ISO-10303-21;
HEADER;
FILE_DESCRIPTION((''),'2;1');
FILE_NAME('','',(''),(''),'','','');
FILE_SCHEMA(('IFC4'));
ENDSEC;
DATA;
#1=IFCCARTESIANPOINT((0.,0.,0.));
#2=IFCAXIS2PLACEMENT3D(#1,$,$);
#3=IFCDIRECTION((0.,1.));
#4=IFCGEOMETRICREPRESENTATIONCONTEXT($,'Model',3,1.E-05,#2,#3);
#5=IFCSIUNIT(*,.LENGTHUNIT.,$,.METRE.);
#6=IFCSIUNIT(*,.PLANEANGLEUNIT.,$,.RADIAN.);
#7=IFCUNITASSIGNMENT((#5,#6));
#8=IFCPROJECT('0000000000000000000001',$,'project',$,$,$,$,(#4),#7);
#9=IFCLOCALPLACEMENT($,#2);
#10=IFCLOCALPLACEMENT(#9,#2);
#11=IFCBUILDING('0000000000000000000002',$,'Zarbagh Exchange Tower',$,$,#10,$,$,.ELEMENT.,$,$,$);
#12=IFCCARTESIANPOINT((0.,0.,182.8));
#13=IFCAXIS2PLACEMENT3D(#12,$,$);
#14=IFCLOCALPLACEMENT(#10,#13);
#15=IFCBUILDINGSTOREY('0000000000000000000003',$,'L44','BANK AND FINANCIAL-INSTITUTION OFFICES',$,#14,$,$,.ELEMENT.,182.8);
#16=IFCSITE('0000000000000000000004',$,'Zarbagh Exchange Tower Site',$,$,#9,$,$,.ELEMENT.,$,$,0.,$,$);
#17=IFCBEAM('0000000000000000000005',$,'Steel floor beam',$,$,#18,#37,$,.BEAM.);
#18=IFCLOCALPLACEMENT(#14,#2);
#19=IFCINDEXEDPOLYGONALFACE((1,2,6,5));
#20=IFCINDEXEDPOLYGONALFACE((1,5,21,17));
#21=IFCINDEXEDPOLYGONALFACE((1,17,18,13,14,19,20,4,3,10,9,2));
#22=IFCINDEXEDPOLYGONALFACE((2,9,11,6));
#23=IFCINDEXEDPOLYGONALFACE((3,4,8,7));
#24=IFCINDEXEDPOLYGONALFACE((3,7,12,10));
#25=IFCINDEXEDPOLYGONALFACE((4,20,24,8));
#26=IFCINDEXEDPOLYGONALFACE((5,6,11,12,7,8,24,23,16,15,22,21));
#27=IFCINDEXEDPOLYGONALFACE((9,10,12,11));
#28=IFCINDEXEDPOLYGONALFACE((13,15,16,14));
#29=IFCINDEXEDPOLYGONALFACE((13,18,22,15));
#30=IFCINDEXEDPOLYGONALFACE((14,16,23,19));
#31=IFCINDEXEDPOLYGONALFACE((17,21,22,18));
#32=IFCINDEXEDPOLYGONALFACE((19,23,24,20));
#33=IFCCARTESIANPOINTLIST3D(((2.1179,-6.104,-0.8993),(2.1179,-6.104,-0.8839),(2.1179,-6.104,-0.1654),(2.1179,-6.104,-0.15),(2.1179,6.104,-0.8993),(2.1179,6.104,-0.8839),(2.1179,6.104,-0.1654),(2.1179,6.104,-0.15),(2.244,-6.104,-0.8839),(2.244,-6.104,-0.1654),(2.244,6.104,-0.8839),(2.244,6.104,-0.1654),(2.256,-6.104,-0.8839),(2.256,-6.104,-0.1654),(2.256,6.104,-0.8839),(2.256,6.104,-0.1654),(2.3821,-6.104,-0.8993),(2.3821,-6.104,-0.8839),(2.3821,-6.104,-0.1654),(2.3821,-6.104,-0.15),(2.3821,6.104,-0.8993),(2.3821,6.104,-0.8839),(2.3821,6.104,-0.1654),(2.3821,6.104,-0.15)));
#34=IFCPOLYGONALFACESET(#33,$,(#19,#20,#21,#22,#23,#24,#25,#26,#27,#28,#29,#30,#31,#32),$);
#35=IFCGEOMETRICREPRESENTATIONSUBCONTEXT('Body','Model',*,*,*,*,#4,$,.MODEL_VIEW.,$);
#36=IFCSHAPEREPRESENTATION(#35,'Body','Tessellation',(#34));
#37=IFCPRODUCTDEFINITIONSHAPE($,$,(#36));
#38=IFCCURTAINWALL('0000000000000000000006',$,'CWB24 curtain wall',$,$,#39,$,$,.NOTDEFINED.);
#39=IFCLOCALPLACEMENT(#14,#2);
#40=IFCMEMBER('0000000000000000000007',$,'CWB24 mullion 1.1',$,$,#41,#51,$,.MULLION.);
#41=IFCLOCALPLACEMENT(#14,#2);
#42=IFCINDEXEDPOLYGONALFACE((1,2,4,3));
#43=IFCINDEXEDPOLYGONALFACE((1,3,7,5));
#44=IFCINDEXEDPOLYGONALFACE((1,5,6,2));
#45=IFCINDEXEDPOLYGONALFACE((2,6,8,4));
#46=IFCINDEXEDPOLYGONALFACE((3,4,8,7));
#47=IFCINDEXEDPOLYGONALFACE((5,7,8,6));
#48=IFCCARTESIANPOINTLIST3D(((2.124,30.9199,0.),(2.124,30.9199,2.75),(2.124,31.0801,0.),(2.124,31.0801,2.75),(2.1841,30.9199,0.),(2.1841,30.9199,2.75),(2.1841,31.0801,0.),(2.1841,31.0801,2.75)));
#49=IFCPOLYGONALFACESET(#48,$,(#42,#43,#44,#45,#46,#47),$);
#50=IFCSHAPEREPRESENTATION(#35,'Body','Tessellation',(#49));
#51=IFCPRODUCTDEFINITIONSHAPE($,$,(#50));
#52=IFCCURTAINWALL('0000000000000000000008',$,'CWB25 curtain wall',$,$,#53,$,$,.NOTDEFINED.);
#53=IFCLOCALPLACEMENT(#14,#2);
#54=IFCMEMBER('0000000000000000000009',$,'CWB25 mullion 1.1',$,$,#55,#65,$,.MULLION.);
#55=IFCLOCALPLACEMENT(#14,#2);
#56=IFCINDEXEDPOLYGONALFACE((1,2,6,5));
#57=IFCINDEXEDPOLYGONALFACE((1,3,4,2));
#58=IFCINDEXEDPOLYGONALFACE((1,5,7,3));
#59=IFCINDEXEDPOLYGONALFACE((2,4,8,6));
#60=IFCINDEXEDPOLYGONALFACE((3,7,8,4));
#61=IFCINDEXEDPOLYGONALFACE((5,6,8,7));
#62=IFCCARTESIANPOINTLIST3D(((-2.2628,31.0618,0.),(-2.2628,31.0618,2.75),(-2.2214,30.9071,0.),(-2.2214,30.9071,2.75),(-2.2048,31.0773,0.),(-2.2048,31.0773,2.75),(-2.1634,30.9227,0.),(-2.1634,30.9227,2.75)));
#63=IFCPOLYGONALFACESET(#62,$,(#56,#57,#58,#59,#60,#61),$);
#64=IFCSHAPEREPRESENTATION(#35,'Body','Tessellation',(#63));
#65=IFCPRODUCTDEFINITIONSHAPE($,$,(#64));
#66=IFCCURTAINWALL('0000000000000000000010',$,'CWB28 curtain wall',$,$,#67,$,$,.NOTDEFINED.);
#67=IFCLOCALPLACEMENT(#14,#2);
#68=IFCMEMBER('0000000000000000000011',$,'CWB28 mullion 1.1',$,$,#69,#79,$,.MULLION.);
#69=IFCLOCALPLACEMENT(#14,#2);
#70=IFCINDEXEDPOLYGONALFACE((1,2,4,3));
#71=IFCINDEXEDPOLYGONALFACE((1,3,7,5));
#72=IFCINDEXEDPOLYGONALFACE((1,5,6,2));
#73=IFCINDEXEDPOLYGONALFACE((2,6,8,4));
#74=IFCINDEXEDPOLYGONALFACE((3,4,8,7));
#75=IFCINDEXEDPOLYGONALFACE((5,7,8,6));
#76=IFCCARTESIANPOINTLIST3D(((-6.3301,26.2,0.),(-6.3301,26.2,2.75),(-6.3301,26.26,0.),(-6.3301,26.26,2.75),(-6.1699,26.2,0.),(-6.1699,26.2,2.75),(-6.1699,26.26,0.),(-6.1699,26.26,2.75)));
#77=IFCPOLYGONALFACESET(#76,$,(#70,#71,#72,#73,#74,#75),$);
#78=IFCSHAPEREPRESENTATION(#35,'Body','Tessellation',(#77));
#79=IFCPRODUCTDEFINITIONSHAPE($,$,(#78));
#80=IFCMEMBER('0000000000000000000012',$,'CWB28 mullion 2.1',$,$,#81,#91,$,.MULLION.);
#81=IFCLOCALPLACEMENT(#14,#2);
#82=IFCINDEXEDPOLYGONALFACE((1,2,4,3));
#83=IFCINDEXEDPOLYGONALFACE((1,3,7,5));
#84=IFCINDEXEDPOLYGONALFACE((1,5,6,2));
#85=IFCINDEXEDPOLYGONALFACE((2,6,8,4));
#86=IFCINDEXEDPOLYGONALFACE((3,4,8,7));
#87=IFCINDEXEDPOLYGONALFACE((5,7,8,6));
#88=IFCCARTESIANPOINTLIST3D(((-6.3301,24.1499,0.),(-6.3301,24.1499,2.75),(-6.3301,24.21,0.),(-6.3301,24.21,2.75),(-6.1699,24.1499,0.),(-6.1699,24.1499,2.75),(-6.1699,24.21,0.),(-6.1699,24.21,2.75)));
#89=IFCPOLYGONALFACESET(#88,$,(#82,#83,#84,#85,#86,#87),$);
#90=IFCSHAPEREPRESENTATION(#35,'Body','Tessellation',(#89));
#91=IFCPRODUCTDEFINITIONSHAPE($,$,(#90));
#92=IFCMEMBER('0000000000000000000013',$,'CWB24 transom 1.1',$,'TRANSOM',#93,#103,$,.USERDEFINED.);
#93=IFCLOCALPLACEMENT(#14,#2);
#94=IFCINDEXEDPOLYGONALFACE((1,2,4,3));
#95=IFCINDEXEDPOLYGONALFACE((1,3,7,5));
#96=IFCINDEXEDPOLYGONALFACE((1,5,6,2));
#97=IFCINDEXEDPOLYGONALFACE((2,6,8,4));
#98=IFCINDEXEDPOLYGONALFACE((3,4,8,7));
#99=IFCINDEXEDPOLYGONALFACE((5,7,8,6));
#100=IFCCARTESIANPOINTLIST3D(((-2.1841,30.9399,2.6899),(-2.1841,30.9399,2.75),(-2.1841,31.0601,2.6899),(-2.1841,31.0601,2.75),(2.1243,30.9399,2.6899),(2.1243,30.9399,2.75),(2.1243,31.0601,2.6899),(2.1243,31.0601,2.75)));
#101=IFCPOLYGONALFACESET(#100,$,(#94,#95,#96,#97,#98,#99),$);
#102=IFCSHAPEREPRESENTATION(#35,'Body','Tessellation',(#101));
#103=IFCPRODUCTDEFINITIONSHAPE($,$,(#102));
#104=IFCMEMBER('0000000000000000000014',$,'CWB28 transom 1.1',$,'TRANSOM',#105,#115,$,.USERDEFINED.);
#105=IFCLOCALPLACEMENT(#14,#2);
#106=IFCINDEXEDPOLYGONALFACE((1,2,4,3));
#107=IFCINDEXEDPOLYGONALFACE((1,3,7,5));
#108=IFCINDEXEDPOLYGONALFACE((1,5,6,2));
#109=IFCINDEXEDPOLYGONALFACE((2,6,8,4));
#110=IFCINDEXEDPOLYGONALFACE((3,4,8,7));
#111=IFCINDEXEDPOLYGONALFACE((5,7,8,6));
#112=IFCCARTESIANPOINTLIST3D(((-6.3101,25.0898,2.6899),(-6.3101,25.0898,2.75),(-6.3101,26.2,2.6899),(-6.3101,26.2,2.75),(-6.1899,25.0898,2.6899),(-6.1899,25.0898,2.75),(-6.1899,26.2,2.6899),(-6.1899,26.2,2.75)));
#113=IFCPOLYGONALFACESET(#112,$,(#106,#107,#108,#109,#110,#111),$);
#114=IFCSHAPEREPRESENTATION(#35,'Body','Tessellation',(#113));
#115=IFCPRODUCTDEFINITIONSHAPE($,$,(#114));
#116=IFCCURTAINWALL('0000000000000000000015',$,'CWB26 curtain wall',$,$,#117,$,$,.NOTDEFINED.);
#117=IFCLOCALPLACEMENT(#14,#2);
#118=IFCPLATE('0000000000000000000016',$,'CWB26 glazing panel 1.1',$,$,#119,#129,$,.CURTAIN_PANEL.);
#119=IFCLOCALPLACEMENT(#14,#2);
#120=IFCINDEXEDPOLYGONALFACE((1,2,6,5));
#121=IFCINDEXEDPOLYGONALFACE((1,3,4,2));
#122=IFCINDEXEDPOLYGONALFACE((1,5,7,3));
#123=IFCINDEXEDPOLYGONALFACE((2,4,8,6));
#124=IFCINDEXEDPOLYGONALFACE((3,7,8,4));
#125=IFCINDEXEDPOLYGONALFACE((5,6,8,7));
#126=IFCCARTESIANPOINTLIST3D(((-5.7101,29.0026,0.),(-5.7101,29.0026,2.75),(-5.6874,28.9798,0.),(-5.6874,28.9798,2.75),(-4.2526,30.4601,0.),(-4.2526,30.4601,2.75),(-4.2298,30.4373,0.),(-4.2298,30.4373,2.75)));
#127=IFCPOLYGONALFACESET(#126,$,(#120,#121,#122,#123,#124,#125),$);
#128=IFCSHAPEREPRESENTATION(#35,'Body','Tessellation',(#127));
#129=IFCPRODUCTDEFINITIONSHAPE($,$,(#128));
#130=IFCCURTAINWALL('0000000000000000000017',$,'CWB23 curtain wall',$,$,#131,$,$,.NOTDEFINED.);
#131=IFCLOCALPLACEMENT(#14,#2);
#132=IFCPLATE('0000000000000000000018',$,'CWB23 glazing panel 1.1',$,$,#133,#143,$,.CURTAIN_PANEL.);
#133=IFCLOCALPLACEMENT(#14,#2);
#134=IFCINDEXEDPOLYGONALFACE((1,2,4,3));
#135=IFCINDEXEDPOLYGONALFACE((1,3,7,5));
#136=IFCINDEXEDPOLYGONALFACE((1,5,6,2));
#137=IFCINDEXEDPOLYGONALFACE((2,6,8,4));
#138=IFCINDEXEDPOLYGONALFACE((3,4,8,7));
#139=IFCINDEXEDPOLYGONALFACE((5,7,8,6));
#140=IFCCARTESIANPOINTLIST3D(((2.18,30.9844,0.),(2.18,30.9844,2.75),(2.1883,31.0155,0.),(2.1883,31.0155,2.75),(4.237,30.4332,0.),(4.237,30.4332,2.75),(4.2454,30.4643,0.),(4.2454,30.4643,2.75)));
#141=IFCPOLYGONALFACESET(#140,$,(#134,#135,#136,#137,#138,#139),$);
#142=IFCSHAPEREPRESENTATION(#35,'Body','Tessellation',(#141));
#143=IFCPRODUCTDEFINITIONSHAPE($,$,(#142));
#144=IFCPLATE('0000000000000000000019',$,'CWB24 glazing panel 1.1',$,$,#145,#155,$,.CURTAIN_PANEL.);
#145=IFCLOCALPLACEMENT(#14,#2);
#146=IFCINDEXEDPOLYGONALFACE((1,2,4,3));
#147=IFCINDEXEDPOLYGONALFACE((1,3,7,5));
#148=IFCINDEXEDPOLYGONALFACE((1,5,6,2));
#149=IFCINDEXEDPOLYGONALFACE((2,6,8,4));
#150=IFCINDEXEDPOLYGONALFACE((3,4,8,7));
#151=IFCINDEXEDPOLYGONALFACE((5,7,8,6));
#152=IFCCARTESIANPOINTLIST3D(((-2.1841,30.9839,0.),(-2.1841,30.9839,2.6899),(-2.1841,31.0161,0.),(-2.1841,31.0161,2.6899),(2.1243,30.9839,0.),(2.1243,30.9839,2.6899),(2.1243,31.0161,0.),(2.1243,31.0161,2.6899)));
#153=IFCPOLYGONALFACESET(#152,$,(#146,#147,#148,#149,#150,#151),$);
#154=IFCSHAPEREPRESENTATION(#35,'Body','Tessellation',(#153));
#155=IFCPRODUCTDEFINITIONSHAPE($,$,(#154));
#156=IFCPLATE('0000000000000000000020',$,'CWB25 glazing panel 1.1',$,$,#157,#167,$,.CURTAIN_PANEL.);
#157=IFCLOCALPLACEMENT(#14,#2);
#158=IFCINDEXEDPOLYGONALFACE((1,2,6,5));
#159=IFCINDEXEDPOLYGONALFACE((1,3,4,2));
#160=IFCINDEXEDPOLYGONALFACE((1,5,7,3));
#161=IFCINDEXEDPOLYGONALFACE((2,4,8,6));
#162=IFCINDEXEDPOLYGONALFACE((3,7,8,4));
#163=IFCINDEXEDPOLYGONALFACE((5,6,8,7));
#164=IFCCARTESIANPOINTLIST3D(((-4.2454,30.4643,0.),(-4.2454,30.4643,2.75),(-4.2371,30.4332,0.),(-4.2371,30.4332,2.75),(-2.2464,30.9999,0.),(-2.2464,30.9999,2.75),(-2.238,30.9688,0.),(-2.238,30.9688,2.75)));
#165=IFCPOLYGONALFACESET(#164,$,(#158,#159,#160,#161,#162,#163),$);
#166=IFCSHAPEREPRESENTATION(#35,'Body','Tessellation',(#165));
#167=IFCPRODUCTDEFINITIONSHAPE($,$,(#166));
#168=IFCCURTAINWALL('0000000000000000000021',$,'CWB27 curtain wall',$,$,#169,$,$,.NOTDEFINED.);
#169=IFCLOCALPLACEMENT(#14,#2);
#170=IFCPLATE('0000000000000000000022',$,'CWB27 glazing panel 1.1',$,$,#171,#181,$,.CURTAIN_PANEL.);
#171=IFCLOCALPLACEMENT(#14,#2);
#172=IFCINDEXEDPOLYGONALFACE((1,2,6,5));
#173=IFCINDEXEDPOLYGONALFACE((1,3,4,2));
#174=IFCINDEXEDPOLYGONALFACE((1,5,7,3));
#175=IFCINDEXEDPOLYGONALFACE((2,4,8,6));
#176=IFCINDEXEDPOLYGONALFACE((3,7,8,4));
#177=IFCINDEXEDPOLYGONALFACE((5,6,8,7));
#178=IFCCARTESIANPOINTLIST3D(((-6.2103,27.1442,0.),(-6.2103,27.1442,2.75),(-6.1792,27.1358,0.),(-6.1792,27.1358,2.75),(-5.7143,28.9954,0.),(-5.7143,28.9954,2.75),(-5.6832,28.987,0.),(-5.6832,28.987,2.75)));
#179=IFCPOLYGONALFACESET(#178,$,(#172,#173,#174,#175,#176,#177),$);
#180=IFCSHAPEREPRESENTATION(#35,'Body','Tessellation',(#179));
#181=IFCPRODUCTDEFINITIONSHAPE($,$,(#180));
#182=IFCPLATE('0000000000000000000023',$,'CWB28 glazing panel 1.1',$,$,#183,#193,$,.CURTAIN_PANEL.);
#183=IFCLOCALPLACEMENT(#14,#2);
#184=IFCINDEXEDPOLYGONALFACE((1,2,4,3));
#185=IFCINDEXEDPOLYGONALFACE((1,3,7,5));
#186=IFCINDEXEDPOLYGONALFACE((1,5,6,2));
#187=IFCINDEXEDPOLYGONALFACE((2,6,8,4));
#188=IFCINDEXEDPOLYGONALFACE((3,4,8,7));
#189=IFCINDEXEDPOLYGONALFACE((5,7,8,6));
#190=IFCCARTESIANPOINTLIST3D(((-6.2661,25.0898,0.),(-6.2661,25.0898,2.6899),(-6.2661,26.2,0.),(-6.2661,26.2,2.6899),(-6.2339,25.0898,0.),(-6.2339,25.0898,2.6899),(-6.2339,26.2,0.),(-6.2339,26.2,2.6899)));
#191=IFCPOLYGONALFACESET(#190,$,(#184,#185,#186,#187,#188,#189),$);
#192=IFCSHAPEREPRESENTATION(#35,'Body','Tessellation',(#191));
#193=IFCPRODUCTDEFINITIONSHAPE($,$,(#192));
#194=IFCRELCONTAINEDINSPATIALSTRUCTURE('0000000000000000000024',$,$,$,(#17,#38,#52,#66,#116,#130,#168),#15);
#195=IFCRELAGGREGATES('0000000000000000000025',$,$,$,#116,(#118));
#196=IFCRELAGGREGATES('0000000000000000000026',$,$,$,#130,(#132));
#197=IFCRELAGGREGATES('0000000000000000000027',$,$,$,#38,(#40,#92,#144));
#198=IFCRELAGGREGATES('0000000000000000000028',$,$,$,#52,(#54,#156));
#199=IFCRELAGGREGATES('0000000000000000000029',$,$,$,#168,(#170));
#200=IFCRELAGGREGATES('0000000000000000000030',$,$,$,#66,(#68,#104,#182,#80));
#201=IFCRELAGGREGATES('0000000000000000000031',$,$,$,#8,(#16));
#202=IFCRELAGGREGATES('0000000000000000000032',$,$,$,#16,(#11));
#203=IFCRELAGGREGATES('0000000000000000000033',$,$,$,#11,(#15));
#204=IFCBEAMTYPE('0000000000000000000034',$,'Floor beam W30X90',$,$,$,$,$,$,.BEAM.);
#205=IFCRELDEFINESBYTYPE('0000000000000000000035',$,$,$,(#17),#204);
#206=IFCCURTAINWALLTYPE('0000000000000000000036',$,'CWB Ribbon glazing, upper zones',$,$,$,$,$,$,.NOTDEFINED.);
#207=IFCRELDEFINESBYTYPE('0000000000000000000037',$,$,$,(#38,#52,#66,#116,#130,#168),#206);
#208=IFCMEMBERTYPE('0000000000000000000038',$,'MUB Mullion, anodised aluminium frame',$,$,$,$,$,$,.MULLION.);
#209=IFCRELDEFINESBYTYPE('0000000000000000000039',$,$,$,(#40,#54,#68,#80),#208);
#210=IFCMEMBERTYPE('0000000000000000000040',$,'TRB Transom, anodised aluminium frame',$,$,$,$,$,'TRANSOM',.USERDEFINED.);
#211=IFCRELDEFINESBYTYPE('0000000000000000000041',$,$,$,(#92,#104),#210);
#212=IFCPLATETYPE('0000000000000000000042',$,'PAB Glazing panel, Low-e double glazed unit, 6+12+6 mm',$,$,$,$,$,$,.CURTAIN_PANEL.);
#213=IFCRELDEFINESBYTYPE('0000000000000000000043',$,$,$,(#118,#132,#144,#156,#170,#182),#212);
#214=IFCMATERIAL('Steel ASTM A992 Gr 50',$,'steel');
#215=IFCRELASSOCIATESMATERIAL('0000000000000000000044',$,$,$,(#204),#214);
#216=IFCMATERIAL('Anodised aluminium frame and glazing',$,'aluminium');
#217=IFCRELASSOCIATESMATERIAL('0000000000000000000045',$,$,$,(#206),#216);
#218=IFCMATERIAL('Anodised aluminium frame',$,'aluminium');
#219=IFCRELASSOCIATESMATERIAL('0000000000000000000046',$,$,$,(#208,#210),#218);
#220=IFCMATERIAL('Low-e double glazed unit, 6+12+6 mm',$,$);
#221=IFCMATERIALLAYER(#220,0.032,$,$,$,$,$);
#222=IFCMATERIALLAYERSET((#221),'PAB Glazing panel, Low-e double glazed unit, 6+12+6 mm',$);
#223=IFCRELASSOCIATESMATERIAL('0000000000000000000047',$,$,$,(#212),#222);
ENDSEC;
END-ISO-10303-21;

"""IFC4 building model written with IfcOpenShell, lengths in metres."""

from ifc_helpers import new_model, si_unit, direction, frame, origin, origin_2d, place, context, subcontext, project, spatial, polyline, i_section, outline, extrude, source, transform, mapped, material, layer, layer_set, material_profile, profile_set, type_object, element, aggregate, save


model = new_model("IFC4")

# Units and contexts
model_context = context("Model", 3, precision=1e-05, world=origin(), true_north=direction((0.0, 1.0)))
body_context = subcontext(model_context, "Body", "Model", "MODEL_VIEW")
ifc_project = project(units=[si_unit("LENGTHUNIT", "METRE"), si_unit("PLANEANGLEUNIT", "RADIAN")], contexts=[model_context])

# Site, building, storey
site_placement = place(None, origin())
site = spatial("IfcSite", under=ifc_project, at=site_placement, Name="Zarbagh Exchange Tower Site", CompositionType="ELEMENT", RefElevation=0.0)
building_placement = place(site_placement, origin())
building = spatial("IfcBuilding", under=site, at=building_placement, Name="Zarbagh Exchange Tower", CompositionType="ELEMENT")
storey_placement = place(building_placement, frame((0.0, 0.0, 182.8)))
storey = spatial("IfcBuildingStorey", under=building, at=storey_placement, Name="L44", Description="BANK AND FINANCIAL-INSTITUTION OFFICES", CompositionType="ELEMENT", Elevation=182.8)

# Beam
ifc_material_1 = material(Name="Steel ASTM A992 Gr 50", Category="steel")
ifc_material_profile = material_profile(ifc_material_1, i_section(OverallWidth=0.2642, OverallDepth=0.7493, WebThickness=0.012, FlangeThickness=0.0154, at=origin_2d()), Name="W30X90")
ifc_profile_set = profile_set([ifc_material_profile], Name="Steel ASTM A992 Gr 50")
beam_type = type_object("IfcBeamType", Name="Floor beam W30X90", PredefinedType="BEAM", material=ifc_profile_set)
beam_placement = place(storey_placement, frame((2.25, -6.104, -0.5247), z_axis=(0.0, 1.0, 0.0), x_axis=(-1.0, 0.0, 0.0)))
element("IfcBeam", 1, at=beam_placement, inside=storey, type_object=beam_type, Name="Steel floor beam", PredefinedType="BEAM", context=body_context, shape_type="SweptSolid", body=[
    extrude(i_section(OverallWidth=0.2642, OverallDepth=0.7493, WebThickness=0.012, FlangeThickness=0.0154, at=origin_2d()), origin(), (0.0, 0.0, 1.0), 12.208),
])

# Curtain walls, members
ifc_material_2 = material(Name="Anodised aluminium frame and glazing", Category="aluminium")
curtain_wall_type = type_object("IfcCurtainWallType", Name="CWB Ribbon glazing, upper zones", PredefinedType="NOTDEFINED", material=ifc_material_2)
curtain_wall_1_placement = place(storey_placement, origin())
curtain_wall_1 = element("IfcCurtainWall", 2, at=curtain_wall_1_placement, inside=storey, type_object=curtain_wall_type, Name="CWB24 curtain wall", PredefinedType="NOTDEFINED")
ifc_material_3 = material(Name="Anodised aluminium frame", Category="aluminium")
member_type_1 = type_object("IfcMemberType", Name="MUB Mullion, anodised aluminium frame", PredefinedType="MULLION", material=ifc_material_3)
shared_shape_1 = source(origin(), body_context, "Body", "SweptSolid", [
    extrude(outline(polyline([(0.0, -0.0801), (0.0601, -0.0801), (0.0601, 0.0801), (0.0, 0.0801), (0.0, -0.0801)])), origin(), (0.0, 0.0, 1.0), 2.75),
])
placement = place(storey_placement, origin())
member_1 = element("IfcMember", 3, at=placement, type_object=member_type_1, Name="CWB24 mullion 1.1", PredefinedType="MULLION", context=body_context, shape_type="MappedRepresentation", body=[
    mapped(shared_shape_1, transform((2.1841, 31.0, 0.0), x_axis=(-1.0, 0.0, 0.0), y_axis=(0.0, -1.0, 0.0), z_axis=(0.0, 0.0, 1.0))),
])
curtain_wall_2_placement = place(storey_placement, origin())
curtain_wall_2 = element("IfcCurtainWall", 4, at=curtain_wall_2_placement, inside=storey, type_object=curtain_wall_type, Name="CWB25 curtain wall", PredefinedType="NOTDEFINED")
member_2 = element("IfcMember", 5, at=placement, type_object=member_type_1, Name="CWB25 mullion 1.1", PredefinedType="MULLION", context=body_context, shape_type="MappedRepresentation", body=[
    mapped(shared_shape_1, transform((-2.1841, 31.0, 0.0), x_axis=(-0.965924, -0.258825, 0.0), y_axis=(0.258825, -0.965924, 0.0), z_axis=(0.0, 0.0, 1.0))),
])

# Curtain wall, members
curtain_wall_3_placement = place(storey_placement, origin())
curtain_wall_3 = element("IfcCurtainWall", 6, at=curtain_wall_3_placement, inside=storey, type_object=curtain_wall_type, Name="CWB28 curtain wall", PredefinedType="NOTDEFINED")
member_3 = element("IfcMember", 7, at=placement, type_object=member_type_1, Name="CWB28 mullion 1.1", PredefinedType="MULLION", context=body_context, shape_type="MappedRepresentation", body=[
    mapped(shared_shape_1, transform((-6.25, 26.26, 0.0), x_axis=(0.0, -1.0, 0.0), y_axis=(1.0, 0.0, 0.0), z_axis=(0.0, 0.0, 1.0))),
])
member_4 = element("IfcMember", 8, at=placement, type_object=member_type_1, Name="CWB28 mullion 2.1", PredefinedType="MULLION", context=body_context, shape_type="MappedRepresentation", body=[
    mapped(shared_shape_1, transform((-6.25, 24.21, 0.0), x_axis=(0.0, -1.0, 0.0), y_axis=(1.0, 0.0, 0.0), z_axis=(0.0, 0.0, 1.0))),
])

# Members
member_type_2 = type_object("IfcMemberType", Name="TRB Transom, anodised aluminium frame", ElementType="TRANSOM", PredefinedType="USERDEFINED", material=ifc_material_3)
shared_shape_2 = source(origin(), body_context, "Body", "SweptSolid", [
    extrude(outline(polyline([(-0.0601, -0.0601), (0.0, -0.0601), (0.0, 0.0601), (-0.0601, 0.0601), (-0.0601, -0.0601)])), origin(), (0.0, 0.0, 1.0), 4.3083),
])
member_5 = element("IfcMember", 9, at=placement, type_object=member_type_2, Name="CWB24 transom 1.1", ObjectType="TRANSOM", PredefinedType="USERDEFINED", context=body_context, shape_type="MappedRepresentation", body=[
    mapped(shared_shape_2, transform((2.1243, 31.0, 2.75), x_axis=(0.0, 0.0, 1.0), y_axis=(0.0, 1.0, 0.0), z_axis=(-1.0, 0.0, 0.0))),
])
shared_shape_3 = source(origin(), body_context, "Body", "SweptSolid", [
    extrude(outline(polyline([(-0.0601, -0.0601), (0.0, -0.0601), (0.0, 0.0601), (-0.0601, 0.0601), (-0.0601, -0.0601)])), origin(), (0.0, 0.0, 1.0), 1.1101),
])
member_6 = element("IfcMember", 10, at=placement, type_object=member_type_2, Name="CWB28 transom 1.1", ObjectType="TRANSOM", PredefinedType="USERDEFINED", context=body_context, shape_type="MappedRepresentation", body=[
    mapped(shared_shape_3, transform((-6.25, 26.2, 2.75), x_axis=(0.0, 0.0, 1.0), y_axis=(-1.0, 0.0, 0.0), z_axis=(0.0, -1.0, 0.0))),
])

# Curtain walls, plates
curtain_wall_4_placement = place(storey_placement, origin())
curtain_wall_4 = element("IfcCurtainWall", 11, at=curtain_wall_4_placement, inside=storey, type_object=curtain_wall_type, Name="CWB26 curtain wall", PredefinedType="NOTDEFINED")
ifc_material_4 = material(Name="Low-e double glazed unit, 6+12+6 mm")
ifc_layer_1 = layer(ifc_material_4, 0.032)
ifc_layer_set_1 = layer_set([ifc_layer_1], Name="PAB Glazing panel, Low-e double glazed unit, 6+12+6 mm")
plate_type = type_object("IfcPlateType", Name="PAB Glazing panel, Low-e double glazed unit, 6+12+6 mm", PredefinedType="CURTAIN_PANEL", material=ifc_layer_set_1)
shared_shape_4 = source(origin(), body_context, "Body", "SweptSolid", [
    extrude(outline(polyline([(0.0, -0.0161), (2.0613, -0.0161), (2.0613, 0.0161), (0.0, 0.0161), (0.0, -0.0161)])), origin(), (0.0, 0.0, 1.0), 2.75),
])
plate_1 = element("IfcPlate", 12, at=placement, type_object=plate_type, Name="CWB26 glazing panel 1.1", PredefinedType="CURTAIN_PANEL", context=body_context, shape_type="MappedRepresentation", body=[
    mapped(shared_shape_4, transform((-4.2412, 30.4487, 0.0), x_axis=(-0.707107, -0.707107, 0.0), y_axis=(0.707107, -0.707107, 0.0), z_axis=(0.0, 0.0, 1.0))),
])
aggregate(curtain_wall_4, [plate_1])
curtain_wall_5_placement = place(storey_placement, origin())
curtain_wall_5 = element("IfcCurtainWall", 13, at=curtain_wall_5_placement, inside=storey, type_object=curtain_wall_type, Name="CWB23 curtain wall", PredefinedType="NOTDEFINED")
shared_shape_5 = source(origin(), body_context, "Body", "SweptSolid", [
    extrude(outline(polyline([(0.0, -0.0161), (2.1296, -0.0161), (2.1296, 0.0161), (0.0, 0.0161), (0.0, -0.0161)])), origin(), (0.0, 0.0, 1.0), 2.75),
])
plate_2 = element("IfcPlate", 14, at=placement, type_object=plate_type, Name="CWB23 glazing panel 1.1", PredefinedType="CURTAIN_PANEL", context=body_context, shape_type="MappedRepresentation", body=[
    mapped(shared_shape_5, transform((4.2412, 30.4487, 0.0), x_axis=(-0.965924, 0.258825, 0.0), y_axis=(-0.258825, -0.965924, 0.0), z_axis=(0.0, 0.0, 1.0))),
])
aggregate(curtain_wall_5, [plate_2])

# Plates
shared_shape_6 = source(origin(), body_context, "Body", "SweptSolid", [
    extrude(outline(polyline([(0.0, -0.0161), (4.3083, -0.0161), (4.3083, 0.0161), (0.0, 0.0161), (0.0, -0.0161)])), origin(), (0.0, 0.0, 1.0), 2.6899),
])
plate_3 = element("IfcPlate", 15, at=placement, type_object=plate_type, Name="CWB24 glazing panel 1.1", PredefinedType="CURTAIN_PANEL", context=body_context, shape_type="MappedRepresentation", body=[
    mapped(shared_shape_6, transform((2.1243, 31.0, 0.0), x_axis=(-1.0, 0.0, 0.0), y_axis=(0.0, -1.0, 0.0), z_axis=(0.0, 0.0, 1.0))),
])
aggregate(curtain_wall_1, [member_1, member_5, plate_3])
shared_shape_7 = source(origin(), body_context, "Body", "SweptSolid", [
    extrude(outline(polyline([(0.0, -0.0161), (2.0696, -0.0161), (2.0696, 0.0161), (0.0, 0.0161), (0.0, -0.0161)])), origin(), (0.0, 0.0, 1.0), 2.75),
])
plate_4 = element("IfcPlate", 16, at=placement, type_object=plate_type, Name="CWB25 glazing panel 1.1", PredefinedType="CURTAIN_PANEL", context=body_context, shape_type="MappedRepresentation", body=[
    mapped(shared_shape_7, transform((-2.2422, 30.9844, 0.0), x_axis=(-0.965924, -0.258825, 0.0), y_axis=(0.258825, -0.965924, 0.0), z_axis=(0.0, 0.0, 1.0))),
])
aggregate(curtain_wall_2, [member_2, plate_4])

# Curtain wall, plate
curtain_wall_6_placement = place(storey_placement, origin())
curtain_wall_6 = element("IfcCurtainWall", 17, at=curtain_wall_6_placement, inside=storey, type_object=curtain_wall_type, Name="CWB27 curtain wall", PredefinedType="NOTDEFINED")
shared_shape_8 = source(origin(), body_context, "Body", "SweptSolid", [
    extrude(outline(polyline([(0.0, -0.0161), (1.9165, -0.0161), (1.9165, 0.0161), (0.0, 0.0161), (0.0, -0.0161)])), origin(), (0.0, 0.0, 1.0), 2.75),
])
plate_5 = element("IfcPlate", 18, at=placement, type_object=plate_type, Name="CWB27 glazing panel 1.1", PredefinedType="CURTAIN_PANEL", context=body_context, shape_type="MappedRepresentation", body=[
    mapped(shared_shape_8, transform((-5.6987, 28.9912, 0.0), x_axis=(-0.258825, -0.965924, 0.0), y_axis=(0.965924, -0.258825, 0.0), z_axis=(0.0, 0.0, 1.0))),
])
aggregate(curtain_wall_6, [plate_5])

# Plate
shared_shape_9 = source(origin(), body_context, "Body", "SweptSolid", [
    extrude(outline(polyline([(0.0, -0.0161), (1.1101, -0.0161), (1.1101, 0.0161), (0.0, 0.0161), (0.0, -0.0161)])), origin(), (0.0, 0.0, 1.0), 2.6899),
])
plate_6 = element("IfcPlate", 19, at=placement, type_object=plate_type, Name="CWB28 glazing panel 1.1", PredefinedType="CURTAIN_PANEL", context=body_context, shape_type="MappedRepresentation", body=[
    mapped(shared_shape_9, transform((-6.25, 26.2, 0.0), x_axis=(0.0, -1.0, 0.0), y_axis=(1.0, 0.0, 0.0), z_axis=(0.0, 0.0, 1.0))),
])
aggregate(curtain_wall_3, [member_3, member_6, plate_6, member_4])

save(model, "model.ifc")
